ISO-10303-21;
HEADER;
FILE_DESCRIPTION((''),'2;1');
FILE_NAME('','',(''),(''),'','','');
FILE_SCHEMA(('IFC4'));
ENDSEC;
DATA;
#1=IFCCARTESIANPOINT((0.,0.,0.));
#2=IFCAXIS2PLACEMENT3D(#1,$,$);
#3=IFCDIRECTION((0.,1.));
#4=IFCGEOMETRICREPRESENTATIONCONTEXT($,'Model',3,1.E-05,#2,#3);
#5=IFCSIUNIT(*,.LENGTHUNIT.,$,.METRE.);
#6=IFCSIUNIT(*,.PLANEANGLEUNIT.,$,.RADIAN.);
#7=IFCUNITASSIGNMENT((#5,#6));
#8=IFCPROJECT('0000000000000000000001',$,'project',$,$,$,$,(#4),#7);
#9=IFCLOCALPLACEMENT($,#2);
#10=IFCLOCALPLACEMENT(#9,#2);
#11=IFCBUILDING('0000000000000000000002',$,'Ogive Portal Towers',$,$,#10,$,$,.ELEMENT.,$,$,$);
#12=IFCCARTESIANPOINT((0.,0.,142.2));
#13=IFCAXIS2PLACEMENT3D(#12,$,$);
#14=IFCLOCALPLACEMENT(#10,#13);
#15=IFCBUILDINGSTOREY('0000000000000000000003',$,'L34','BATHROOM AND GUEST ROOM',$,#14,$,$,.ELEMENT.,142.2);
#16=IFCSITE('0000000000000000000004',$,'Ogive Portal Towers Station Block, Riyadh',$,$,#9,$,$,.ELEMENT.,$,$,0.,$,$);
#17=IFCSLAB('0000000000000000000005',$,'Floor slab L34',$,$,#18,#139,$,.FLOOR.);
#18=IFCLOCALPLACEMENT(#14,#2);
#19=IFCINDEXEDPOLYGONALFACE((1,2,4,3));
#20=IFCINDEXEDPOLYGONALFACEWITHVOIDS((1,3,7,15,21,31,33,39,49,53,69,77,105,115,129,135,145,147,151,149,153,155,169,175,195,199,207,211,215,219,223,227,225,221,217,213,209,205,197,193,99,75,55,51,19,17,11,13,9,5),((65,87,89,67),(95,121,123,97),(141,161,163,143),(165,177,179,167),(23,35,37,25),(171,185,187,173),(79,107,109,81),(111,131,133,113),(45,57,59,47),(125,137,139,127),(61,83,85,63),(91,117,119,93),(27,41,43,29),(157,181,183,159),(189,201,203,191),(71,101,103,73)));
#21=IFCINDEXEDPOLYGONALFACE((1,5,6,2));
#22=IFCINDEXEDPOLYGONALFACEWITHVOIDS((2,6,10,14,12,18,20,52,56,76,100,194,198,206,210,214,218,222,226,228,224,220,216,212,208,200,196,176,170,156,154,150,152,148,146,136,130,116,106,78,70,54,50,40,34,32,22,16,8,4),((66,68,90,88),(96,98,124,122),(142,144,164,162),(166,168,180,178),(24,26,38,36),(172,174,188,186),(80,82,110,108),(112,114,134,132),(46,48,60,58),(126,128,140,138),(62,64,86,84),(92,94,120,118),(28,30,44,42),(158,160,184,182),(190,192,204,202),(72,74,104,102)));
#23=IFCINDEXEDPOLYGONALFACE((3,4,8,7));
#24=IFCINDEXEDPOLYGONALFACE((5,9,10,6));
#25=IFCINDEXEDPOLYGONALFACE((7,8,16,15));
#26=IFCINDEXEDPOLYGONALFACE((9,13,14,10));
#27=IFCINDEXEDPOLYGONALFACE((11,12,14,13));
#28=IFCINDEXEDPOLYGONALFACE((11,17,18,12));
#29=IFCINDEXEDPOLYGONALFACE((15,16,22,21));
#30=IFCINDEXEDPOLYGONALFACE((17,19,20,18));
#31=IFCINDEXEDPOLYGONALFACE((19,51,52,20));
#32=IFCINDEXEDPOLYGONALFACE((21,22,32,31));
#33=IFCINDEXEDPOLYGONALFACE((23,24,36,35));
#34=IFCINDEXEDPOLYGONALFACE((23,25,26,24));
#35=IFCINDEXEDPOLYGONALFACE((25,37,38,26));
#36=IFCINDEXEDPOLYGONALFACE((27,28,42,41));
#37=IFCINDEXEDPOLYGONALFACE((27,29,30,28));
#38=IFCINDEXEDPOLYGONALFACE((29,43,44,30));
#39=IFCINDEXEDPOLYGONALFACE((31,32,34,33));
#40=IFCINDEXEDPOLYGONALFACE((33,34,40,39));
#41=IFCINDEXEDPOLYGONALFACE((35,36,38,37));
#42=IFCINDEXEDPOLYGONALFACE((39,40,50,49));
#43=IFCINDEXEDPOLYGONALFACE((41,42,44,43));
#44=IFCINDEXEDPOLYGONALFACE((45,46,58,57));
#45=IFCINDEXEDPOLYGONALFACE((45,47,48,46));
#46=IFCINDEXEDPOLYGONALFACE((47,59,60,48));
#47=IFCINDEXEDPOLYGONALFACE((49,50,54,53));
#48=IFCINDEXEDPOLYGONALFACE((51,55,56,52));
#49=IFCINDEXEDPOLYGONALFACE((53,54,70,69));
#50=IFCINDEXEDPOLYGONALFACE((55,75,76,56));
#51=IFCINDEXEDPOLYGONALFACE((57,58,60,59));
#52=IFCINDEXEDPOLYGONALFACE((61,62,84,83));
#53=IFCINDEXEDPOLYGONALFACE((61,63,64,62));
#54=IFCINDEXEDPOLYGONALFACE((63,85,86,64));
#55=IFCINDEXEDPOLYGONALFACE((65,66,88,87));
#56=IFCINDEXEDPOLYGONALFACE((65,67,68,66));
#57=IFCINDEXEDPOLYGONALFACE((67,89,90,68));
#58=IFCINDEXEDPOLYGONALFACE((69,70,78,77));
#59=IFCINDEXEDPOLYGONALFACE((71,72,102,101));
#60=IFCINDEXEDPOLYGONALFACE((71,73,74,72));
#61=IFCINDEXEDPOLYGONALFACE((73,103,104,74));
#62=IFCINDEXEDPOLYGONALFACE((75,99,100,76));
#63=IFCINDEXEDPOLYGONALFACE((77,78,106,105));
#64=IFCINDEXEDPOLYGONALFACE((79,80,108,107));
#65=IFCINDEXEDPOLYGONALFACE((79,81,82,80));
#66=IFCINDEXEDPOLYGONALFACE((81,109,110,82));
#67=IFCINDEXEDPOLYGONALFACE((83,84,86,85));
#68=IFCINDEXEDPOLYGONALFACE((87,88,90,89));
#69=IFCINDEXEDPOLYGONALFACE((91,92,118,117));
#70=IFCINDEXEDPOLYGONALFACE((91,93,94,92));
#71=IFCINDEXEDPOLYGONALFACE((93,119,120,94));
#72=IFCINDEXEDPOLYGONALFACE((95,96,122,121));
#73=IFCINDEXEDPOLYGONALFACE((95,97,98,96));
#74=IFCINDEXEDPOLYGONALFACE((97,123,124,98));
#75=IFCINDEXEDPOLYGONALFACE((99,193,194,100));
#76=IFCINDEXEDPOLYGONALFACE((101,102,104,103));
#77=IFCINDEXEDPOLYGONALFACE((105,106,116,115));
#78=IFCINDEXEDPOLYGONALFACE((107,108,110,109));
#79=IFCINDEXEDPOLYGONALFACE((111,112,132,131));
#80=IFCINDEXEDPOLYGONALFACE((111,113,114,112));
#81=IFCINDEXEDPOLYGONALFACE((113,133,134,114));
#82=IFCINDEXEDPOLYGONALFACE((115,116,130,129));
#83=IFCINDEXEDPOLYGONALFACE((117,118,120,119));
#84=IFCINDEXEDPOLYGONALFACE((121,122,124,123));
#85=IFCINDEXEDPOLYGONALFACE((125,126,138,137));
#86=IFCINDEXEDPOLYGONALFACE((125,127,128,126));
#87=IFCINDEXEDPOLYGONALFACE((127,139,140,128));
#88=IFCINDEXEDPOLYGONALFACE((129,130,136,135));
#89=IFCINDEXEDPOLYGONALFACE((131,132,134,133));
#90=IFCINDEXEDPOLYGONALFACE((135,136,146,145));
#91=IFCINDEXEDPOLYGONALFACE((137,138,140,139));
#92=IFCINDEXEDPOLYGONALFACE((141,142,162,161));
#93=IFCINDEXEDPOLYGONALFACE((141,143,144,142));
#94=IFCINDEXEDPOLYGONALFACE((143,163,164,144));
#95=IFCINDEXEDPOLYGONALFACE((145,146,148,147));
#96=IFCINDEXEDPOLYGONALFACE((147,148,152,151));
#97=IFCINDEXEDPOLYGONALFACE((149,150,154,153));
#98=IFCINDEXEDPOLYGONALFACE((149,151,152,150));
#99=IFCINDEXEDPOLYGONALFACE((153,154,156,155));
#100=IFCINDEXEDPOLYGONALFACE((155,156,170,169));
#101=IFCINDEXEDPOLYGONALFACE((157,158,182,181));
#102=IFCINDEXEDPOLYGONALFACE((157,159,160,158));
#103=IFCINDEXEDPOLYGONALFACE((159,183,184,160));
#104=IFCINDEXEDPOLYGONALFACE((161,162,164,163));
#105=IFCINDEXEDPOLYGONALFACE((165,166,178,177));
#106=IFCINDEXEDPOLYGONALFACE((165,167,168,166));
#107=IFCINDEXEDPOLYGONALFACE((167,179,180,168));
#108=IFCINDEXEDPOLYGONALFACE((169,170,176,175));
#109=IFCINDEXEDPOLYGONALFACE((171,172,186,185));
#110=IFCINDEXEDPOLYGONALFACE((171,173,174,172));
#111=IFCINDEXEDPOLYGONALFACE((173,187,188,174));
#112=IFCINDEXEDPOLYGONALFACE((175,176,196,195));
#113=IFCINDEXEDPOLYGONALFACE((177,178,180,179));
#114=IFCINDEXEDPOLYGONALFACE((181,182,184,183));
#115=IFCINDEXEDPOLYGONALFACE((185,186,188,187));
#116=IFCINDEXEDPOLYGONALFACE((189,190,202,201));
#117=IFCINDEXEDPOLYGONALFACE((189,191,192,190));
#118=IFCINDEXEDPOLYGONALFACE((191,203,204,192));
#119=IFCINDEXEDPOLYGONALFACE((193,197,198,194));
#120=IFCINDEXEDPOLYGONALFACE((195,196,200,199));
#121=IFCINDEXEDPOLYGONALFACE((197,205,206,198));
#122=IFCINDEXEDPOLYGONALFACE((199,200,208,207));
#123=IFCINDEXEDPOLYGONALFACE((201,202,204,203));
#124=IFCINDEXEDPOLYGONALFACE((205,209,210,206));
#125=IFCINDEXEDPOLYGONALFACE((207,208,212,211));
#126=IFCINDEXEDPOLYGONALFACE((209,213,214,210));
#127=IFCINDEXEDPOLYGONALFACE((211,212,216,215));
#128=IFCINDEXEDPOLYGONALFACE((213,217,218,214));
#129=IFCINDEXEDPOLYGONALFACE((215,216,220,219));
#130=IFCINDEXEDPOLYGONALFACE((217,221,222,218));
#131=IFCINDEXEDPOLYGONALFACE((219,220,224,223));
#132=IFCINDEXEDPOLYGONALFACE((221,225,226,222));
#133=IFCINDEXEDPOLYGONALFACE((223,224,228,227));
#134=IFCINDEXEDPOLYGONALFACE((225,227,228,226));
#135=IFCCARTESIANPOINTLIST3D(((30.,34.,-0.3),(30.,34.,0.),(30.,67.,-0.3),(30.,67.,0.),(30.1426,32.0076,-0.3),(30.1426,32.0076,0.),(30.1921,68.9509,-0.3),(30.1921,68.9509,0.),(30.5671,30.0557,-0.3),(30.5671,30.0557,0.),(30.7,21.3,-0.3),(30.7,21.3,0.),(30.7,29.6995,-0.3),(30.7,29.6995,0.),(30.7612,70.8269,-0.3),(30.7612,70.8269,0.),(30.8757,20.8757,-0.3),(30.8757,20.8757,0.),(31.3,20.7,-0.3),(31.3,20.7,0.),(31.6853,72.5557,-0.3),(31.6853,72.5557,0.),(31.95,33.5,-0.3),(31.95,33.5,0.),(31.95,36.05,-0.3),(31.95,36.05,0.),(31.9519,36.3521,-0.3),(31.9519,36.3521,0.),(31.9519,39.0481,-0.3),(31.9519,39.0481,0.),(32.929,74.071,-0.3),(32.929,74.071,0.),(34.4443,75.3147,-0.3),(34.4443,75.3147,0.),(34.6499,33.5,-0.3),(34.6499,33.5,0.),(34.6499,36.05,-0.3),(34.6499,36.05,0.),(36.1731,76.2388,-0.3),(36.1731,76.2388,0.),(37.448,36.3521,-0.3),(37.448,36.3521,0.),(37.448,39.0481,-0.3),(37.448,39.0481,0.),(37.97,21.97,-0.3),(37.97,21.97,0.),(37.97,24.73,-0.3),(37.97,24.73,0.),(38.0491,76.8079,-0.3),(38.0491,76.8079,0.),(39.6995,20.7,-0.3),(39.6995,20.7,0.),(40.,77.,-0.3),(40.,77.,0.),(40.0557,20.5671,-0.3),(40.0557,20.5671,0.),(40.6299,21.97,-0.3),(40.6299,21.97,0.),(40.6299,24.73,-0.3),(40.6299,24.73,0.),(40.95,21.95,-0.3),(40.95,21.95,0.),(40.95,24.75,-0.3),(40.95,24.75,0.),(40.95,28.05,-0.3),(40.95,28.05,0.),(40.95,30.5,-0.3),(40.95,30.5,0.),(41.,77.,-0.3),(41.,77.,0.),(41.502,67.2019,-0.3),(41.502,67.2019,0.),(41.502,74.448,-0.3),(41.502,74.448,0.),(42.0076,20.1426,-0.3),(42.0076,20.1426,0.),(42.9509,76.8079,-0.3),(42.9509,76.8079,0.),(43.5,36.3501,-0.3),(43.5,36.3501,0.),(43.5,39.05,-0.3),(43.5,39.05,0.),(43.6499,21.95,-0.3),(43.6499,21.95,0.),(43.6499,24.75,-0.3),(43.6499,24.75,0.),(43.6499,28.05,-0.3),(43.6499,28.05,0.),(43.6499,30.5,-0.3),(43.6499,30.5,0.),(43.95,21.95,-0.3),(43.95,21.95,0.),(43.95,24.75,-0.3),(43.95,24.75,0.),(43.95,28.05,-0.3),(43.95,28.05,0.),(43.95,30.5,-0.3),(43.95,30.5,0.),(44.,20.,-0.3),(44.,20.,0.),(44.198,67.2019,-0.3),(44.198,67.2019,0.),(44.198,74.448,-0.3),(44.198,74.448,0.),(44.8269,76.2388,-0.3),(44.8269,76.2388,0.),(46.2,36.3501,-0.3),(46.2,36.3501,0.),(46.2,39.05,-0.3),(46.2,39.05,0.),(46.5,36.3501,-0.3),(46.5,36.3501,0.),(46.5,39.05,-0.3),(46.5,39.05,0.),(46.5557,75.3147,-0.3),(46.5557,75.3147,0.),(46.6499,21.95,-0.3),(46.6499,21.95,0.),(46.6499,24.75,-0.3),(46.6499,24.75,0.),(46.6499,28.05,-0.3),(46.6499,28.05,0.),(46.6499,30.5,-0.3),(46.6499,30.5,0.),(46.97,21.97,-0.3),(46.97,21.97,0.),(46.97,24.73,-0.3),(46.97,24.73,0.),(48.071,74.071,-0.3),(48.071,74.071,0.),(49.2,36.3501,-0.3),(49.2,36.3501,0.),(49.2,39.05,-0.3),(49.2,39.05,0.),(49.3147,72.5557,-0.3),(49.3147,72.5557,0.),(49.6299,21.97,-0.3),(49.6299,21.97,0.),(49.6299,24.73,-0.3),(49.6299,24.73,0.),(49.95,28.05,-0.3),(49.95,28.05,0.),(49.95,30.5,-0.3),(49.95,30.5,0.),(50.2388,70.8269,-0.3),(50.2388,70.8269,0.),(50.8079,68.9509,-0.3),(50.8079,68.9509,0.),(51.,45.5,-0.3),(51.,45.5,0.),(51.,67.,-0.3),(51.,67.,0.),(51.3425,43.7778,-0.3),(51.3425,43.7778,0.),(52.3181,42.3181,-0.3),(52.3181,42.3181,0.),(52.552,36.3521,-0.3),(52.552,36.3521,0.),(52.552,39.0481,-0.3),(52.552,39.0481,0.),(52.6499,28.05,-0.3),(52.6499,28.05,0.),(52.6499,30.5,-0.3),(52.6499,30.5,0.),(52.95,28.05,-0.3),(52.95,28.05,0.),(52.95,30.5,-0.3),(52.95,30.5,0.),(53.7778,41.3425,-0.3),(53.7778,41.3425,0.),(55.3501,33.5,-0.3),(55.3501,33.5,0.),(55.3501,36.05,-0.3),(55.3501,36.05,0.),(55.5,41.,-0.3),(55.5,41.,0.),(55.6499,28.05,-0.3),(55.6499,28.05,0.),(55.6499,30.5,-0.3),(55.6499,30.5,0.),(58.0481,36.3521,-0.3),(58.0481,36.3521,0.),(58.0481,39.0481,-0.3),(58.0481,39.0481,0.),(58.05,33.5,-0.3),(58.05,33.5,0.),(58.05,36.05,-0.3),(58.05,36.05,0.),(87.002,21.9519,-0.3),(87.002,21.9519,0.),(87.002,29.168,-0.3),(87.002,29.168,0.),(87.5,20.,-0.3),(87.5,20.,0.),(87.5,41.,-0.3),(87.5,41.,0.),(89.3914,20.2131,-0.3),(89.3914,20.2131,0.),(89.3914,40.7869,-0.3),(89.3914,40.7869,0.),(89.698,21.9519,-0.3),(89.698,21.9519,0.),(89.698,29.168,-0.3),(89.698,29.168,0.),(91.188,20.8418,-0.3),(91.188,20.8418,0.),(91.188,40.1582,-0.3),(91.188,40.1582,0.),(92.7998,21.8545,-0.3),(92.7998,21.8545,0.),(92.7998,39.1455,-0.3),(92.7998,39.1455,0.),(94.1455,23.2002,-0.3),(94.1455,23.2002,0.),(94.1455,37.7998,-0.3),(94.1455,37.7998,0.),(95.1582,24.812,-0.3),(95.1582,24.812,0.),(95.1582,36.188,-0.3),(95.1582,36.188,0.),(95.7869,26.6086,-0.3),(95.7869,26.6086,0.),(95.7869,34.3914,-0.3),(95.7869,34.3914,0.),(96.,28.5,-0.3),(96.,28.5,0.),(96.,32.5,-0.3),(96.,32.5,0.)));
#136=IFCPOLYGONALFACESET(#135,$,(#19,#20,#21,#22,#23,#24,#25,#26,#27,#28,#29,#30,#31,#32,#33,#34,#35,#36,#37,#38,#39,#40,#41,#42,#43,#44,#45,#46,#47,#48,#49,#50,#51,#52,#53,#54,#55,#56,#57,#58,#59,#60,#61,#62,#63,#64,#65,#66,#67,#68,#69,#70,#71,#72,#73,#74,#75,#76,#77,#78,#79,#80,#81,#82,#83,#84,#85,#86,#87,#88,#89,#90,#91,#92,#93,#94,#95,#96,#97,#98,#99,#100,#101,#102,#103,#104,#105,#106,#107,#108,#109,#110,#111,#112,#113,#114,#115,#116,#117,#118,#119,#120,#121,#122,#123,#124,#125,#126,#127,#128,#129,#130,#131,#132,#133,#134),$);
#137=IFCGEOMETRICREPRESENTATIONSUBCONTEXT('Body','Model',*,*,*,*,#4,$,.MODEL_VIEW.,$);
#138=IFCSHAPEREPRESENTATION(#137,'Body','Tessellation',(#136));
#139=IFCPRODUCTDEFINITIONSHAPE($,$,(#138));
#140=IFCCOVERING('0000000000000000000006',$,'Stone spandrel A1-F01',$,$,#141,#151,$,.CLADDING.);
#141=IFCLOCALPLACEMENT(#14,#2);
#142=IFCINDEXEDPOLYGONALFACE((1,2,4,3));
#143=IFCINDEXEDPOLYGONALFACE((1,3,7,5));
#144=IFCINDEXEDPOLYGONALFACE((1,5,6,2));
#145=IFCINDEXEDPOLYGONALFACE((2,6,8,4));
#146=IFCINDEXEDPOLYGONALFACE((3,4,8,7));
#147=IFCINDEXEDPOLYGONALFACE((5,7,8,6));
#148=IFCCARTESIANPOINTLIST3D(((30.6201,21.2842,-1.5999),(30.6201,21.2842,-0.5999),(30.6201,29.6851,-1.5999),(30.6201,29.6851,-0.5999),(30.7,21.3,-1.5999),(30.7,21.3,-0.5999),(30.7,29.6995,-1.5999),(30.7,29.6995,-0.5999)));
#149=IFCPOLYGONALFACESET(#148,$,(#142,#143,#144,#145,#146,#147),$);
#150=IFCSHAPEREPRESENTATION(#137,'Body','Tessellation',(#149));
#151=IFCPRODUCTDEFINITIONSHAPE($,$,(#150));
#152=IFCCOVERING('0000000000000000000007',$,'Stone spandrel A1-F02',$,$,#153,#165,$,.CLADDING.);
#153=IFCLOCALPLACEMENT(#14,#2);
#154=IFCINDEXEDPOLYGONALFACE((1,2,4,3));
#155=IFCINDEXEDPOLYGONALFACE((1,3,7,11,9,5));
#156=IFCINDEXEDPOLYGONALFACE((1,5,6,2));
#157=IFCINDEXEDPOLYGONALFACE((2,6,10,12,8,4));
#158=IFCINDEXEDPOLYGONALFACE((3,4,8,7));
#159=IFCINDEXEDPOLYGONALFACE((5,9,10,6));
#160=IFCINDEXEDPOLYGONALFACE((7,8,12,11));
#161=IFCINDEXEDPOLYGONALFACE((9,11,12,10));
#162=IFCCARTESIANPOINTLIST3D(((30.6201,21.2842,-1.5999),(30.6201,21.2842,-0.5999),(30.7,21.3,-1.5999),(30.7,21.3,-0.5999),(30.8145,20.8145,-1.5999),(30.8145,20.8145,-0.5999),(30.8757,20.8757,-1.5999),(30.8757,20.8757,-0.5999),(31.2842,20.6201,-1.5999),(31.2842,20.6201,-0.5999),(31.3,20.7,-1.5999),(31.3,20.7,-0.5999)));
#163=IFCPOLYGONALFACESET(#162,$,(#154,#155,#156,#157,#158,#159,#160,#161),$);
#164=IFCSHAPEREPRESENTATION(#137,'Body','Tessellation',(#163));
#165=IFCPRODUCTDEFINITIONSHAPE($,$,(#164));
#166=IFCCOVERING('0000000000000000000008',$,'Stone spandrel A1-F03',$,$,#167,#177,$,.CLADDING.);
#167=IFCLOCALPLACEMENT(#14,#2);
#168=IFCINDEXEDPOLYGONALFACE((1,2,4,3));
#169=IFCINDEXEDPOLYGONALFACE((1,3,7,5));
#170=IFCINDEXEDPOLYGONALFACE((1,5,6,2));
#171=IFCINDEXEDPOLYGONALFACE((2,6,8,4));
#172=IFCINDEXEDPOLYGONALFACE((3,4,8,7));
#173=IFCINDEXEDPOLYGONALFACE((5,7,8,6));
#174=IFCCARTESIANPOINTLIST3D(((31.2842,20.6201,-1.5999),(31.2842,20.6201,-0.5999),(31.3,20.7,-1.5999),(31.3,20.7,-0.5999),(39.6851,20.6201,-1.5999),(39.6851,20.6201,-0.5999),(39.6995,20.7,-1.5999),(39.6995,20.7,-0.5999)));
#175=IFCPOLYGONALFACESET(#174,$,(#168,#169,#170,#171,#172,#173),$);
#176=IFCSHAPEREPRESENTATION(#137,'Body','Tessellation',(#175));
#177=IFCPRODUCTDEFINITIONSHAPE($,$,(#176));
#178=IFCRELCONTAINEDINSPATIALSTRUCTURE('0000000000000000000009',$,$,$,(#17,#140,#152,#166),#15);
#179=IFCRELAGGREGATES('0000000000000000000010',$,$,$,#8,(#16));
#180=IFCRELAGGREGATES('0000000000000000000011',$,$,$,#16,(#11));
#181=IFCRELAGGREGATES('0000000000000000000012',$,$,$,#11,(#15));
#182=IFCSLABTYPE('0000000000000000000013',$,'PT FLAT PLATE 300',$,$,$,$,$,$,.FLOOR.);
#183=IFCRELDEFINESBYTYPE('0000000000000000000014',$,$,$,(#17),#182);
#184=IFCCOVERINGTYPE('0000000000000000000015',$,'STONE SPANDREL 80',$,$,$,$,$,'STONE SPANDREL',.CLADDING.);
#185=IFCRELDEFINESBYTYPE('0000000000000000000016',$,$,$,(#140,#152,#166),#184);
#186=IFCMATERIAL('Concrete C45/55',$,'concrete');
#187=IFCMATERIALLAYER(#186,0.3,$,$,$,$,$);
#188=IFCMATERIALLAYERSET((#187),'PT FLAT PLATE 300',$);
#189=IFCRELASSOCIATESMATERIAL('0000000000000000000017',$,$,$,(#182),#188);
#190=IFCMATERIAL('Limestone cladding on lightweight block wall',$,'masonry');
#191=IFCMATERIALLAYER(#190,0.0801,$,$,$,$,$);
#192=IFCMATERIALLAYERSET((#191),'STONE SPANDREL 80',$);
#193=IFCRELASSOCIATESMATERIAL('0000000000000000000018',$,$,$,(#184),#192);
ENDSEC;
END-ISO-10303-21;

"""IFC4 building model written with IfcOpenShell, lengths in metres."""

from ifc_helpers import new_model, si_unit, direction, frame, origin, place, context, subcontext, project, spatial, polyline, outline, extrude, material, layer, layer_set, type_object, element, save


model = new_model("IFC4")

# Units and contexts
model_context = context("Model", 3, precision=1e-05, world=origin(), true_north=direction((0.0, 1.0)))
body_context = subcontext(model_context, "Body", "Model", "MODEL_VIEW")
ifc_project = project(units=[si_unit("LENGTHUNIT", "METRE"), si_unit("PLANEANGLEUNIT", "RADIAN")], contexts=[model_context])

# Site, building, storey
site_placement = place(None, origin())
site = spatial("IfcSite", under=ifc_project, at=site_placement, Name="Ogive Portal Towers Station Block, Riyadh", CompositionType="ELEMENT", RefElevation=0.0)
building_placement = place(site_placement, origin())
building = spatial("IfcBuilding", under=site, at=building_placement, Name="Ogive Portal Towers", CompositionType="ELEMENT")
storey_placement = place(building_placement, frame((0.0, 0.0, 142.2)))
storey = spatial("IfcBuildingStorey", under=building, at=storey_placement, Name="L34", Description="BATHROOM AND GUEST ROOM", CompositionType="ELEMENT", Elevation=142.2)

# Slab
ifc_material_1 = material(Name="Concrete C45/55", Category="concrete")
ifc_layer_1 = layer(ifc_material_1, 0.3)
ifc_layer_set_1 = layer_set([ifc_layer_1], Name="PT FLAT PLATE 300")
slab_type_1 = type_object("IfcSlabType", Name="PT FLAT PLATE 300", PredefinedType="FLOOR", material=ifc_layer_set_1)
slab_1_placement = place(storey_placement, frame((0.0, 0.0, -0.3)))
element("IfcSlab", 1, at=slab_1_placement, inside=storey, type_object=slab_type_1, Name="Floor slab L34", PredefinedType="FLOOR", context=body_context, shape_type="SweptSolid", body=[
    extrude(outline(polyline([(30.1426, 32.0076), (30.5671, 30.0557), (30.7, 29.6995), (30.7, 21.3), (30.8757, 20.8757), (31.3, 20.7), (39.6995, 20.7), (40.0557, 20.5671), (42.0076, 20.1426), (44.0, 20.0), (87.5, 20.0), (89.3914, 20.2131), (91.188, 20.8418), (92.7998, 21.8545), (94.1455, 23.2002), (95.1582, 24.812), (95.7869, 26.6086), (96.0, 28.5), (96.0, 32.5), (95.7869, 34.3914), (95.1582, 36.188), (94.1455, 37.7998), (92.7998, 39.1455), (91.188, 40.1582), (89.3914, 40.7869), (87.5, 41.0), (55.5, 41.0), (53.7778, 41.3425), (52.3181, 42.3181), (51.3425, 43.7778), (51.0, 45.5), (51.0, 67.0), (50.8079, 68.9509), (50.2388, 70.8269), (49.3147, 72.5557), (48.071, 74.071), (46.5557, 75.3147), (44.8269, 76.2388), (42.9509, 76.8079), (41.0, 77.0), (40.0, 77.0), (38.0491, 76.8079), (36.1731, 76.2388), (34.4443, 75.3147), (32.929, 74.071), (31.6853, 72.5557), (30.7612, 70.8269), (30.1921, 68.9509), (30.0, 67.0), (30.0, 34.0), (30.1426, 32.0076)]), holes=[polyline([(40.6299, 21.97), (37.97, 21.97), (37.97, 24.73), (40.6299, 24.73), (40.6299, 21.97)]), polyline([(43.6499, 24.75), (43.6499, 21.95), (40.95, 21.95), (40.95, 24.75), (43.6499, 24.75)]), polyline([(46.6499, 24.75), (46.6499, 21.95), (43.95, 21.95), (43.95, 24.75), (46.6499, 24.75)]), polyline([(43.6499, 30.5), (43.6499, 28.05), (40.95, 28.05), (40.95, 30.5), (43.6499, 30.5)]), polyline([(34.6499, 36.05), (34.6499, 33.5), (31.95, 33.5), (31.95, 36.05), (34.6499, 36.05)]), polyline([(31.9519, 39.0481), (37.448, 39.0481), (37.448, 36.3521), (31.9519, 36.3521), (31.9519, 39.0481)]), polyline([(46.2, 39.05), (46.2, 36.3501), (43.5, 36.3501), (43.5, 39.05), (46.2, 39.05)]), polyline([(44.198, 74.448), (44.198, 67.2019), (41.502, 67.2019), (41.502, 74.448), (44.198, 74.448)]), polyline([(49.6299, 21.97), (46.97, 21.97), (46.97, 24.73), (49.6299, 24.73), (49.6299, 21.97)]), polyline([(87.002, 21.9519), (87.002, 29.168), (89.698, 29.168), (89.698, 21.9519), (87.002, 21.9519)]), polyline([(46.6499, 30.5), (46.6499, 28.05), (43.95, 28.05), (43.95, 30.5), (46.6499, 30.5)]), polyline([(52.6499, 30.5), (52.6499, 28.05), (49.95, 28.05), (49.95, 30.5), (52.6499, 30.5)]), polyline([(55.6499, 30.5), (55.6499, 28.05), (52.95, 28.05), (52.95, 30.5), (55.6499, 30.5)]), polyline([(58.05, 36.05), (58.05, 33.5), (55.3501, 33.5), (55.3501, 36.05), (58.05, 36.05)]), polyline([(49.2, 39.05), (49.2, 36.3501), (46.5, 36.3501), (46.5, 39.05), (49.2, 39.05)]), polyline([(58.0481, 36.3521), (52.552, 36.3521), (52.552, 39.0481), (58.0481, 39.0481), (58.0481, 36.3521)])]), origin(), (0.0, 0.0, 1.0), 0.3),
])

# Coverings
ifc_material_2 = material(Name="Limestone cladding on lightweight block wall", Category="masonry")
ifc_layer_2 = layer(ifc_material_2, 0.0801)
ifc_layer_set_2 = layer_set([ifc_layer_2], Name="STONE SPANDREL 80")
covering_type_1 = type_object("IfcCoveringType", Name="STONE SPANDREL 80", ElementType="STONE SPANDREL", PredefinedType="CLADDING", material=ifc_layer_set_2)
covering_1_placement = place(storey_placement, frame((0.0, 0.0, -1.5999)))
element("IfcCovering", 2, at=covering_1_placement, inside=storey, type_object=covering_type_1, Name="Stone spandrel A1-F01", PredefinedType="CLADDING", context=body_context, shape_type="SweptSolid", body=[
    extrude(outline(polyline([(30.7, 29.6995), (30.7, 21.3), (30.6201, 21.2842), (30.6201, 29.6851), (30.7, 29.6995)])), origin(), (0.0, 0.0, 1.0), 1.0),
])
covering_2_placement = place(storey_placement, frame((0.0, 0.0, -1.5999)))
element("IfcCovering", 3, at=covering_2_placement, inside=storey, type_object=covering_type_1, Name="Stone spandrel A1-F02", PredefinedType="CLADDING", context=body_context, shape_type="SweptSolid", body=[
    extrude(outline(polyline([(30.7, 21.3), (30.8757, 20.8757), (31.3, 20.7), (31.2842, 20.6201), (30.8145, 20.8145), (30.6201, 21.2842), (30.7, 21.3)])), origin(), (0.0, 0.0, 1.0), 1.0),
])
covering_3_placement = place(storey_placement, frame((0.0, 0.0, -1.5999)))
element("IfcCovering", 4, at=covering_3_placement, inside=storey, type_object=covering_type_1, Name="Stone spandrel A1-F03", PredefinedType="CLADDING", context=body_context, shape_type="SweptSolid", body=[
    extrude(outline(polyline([(31.3, 20.7), (39.6995, 20.7), (39.6851, 20.6201), (31.2842, 20.6201), (31.3, 20.7)])), origin(), (0.0, 0.0, 1.0), 1.0),
])

save(model, "model.ifc")
